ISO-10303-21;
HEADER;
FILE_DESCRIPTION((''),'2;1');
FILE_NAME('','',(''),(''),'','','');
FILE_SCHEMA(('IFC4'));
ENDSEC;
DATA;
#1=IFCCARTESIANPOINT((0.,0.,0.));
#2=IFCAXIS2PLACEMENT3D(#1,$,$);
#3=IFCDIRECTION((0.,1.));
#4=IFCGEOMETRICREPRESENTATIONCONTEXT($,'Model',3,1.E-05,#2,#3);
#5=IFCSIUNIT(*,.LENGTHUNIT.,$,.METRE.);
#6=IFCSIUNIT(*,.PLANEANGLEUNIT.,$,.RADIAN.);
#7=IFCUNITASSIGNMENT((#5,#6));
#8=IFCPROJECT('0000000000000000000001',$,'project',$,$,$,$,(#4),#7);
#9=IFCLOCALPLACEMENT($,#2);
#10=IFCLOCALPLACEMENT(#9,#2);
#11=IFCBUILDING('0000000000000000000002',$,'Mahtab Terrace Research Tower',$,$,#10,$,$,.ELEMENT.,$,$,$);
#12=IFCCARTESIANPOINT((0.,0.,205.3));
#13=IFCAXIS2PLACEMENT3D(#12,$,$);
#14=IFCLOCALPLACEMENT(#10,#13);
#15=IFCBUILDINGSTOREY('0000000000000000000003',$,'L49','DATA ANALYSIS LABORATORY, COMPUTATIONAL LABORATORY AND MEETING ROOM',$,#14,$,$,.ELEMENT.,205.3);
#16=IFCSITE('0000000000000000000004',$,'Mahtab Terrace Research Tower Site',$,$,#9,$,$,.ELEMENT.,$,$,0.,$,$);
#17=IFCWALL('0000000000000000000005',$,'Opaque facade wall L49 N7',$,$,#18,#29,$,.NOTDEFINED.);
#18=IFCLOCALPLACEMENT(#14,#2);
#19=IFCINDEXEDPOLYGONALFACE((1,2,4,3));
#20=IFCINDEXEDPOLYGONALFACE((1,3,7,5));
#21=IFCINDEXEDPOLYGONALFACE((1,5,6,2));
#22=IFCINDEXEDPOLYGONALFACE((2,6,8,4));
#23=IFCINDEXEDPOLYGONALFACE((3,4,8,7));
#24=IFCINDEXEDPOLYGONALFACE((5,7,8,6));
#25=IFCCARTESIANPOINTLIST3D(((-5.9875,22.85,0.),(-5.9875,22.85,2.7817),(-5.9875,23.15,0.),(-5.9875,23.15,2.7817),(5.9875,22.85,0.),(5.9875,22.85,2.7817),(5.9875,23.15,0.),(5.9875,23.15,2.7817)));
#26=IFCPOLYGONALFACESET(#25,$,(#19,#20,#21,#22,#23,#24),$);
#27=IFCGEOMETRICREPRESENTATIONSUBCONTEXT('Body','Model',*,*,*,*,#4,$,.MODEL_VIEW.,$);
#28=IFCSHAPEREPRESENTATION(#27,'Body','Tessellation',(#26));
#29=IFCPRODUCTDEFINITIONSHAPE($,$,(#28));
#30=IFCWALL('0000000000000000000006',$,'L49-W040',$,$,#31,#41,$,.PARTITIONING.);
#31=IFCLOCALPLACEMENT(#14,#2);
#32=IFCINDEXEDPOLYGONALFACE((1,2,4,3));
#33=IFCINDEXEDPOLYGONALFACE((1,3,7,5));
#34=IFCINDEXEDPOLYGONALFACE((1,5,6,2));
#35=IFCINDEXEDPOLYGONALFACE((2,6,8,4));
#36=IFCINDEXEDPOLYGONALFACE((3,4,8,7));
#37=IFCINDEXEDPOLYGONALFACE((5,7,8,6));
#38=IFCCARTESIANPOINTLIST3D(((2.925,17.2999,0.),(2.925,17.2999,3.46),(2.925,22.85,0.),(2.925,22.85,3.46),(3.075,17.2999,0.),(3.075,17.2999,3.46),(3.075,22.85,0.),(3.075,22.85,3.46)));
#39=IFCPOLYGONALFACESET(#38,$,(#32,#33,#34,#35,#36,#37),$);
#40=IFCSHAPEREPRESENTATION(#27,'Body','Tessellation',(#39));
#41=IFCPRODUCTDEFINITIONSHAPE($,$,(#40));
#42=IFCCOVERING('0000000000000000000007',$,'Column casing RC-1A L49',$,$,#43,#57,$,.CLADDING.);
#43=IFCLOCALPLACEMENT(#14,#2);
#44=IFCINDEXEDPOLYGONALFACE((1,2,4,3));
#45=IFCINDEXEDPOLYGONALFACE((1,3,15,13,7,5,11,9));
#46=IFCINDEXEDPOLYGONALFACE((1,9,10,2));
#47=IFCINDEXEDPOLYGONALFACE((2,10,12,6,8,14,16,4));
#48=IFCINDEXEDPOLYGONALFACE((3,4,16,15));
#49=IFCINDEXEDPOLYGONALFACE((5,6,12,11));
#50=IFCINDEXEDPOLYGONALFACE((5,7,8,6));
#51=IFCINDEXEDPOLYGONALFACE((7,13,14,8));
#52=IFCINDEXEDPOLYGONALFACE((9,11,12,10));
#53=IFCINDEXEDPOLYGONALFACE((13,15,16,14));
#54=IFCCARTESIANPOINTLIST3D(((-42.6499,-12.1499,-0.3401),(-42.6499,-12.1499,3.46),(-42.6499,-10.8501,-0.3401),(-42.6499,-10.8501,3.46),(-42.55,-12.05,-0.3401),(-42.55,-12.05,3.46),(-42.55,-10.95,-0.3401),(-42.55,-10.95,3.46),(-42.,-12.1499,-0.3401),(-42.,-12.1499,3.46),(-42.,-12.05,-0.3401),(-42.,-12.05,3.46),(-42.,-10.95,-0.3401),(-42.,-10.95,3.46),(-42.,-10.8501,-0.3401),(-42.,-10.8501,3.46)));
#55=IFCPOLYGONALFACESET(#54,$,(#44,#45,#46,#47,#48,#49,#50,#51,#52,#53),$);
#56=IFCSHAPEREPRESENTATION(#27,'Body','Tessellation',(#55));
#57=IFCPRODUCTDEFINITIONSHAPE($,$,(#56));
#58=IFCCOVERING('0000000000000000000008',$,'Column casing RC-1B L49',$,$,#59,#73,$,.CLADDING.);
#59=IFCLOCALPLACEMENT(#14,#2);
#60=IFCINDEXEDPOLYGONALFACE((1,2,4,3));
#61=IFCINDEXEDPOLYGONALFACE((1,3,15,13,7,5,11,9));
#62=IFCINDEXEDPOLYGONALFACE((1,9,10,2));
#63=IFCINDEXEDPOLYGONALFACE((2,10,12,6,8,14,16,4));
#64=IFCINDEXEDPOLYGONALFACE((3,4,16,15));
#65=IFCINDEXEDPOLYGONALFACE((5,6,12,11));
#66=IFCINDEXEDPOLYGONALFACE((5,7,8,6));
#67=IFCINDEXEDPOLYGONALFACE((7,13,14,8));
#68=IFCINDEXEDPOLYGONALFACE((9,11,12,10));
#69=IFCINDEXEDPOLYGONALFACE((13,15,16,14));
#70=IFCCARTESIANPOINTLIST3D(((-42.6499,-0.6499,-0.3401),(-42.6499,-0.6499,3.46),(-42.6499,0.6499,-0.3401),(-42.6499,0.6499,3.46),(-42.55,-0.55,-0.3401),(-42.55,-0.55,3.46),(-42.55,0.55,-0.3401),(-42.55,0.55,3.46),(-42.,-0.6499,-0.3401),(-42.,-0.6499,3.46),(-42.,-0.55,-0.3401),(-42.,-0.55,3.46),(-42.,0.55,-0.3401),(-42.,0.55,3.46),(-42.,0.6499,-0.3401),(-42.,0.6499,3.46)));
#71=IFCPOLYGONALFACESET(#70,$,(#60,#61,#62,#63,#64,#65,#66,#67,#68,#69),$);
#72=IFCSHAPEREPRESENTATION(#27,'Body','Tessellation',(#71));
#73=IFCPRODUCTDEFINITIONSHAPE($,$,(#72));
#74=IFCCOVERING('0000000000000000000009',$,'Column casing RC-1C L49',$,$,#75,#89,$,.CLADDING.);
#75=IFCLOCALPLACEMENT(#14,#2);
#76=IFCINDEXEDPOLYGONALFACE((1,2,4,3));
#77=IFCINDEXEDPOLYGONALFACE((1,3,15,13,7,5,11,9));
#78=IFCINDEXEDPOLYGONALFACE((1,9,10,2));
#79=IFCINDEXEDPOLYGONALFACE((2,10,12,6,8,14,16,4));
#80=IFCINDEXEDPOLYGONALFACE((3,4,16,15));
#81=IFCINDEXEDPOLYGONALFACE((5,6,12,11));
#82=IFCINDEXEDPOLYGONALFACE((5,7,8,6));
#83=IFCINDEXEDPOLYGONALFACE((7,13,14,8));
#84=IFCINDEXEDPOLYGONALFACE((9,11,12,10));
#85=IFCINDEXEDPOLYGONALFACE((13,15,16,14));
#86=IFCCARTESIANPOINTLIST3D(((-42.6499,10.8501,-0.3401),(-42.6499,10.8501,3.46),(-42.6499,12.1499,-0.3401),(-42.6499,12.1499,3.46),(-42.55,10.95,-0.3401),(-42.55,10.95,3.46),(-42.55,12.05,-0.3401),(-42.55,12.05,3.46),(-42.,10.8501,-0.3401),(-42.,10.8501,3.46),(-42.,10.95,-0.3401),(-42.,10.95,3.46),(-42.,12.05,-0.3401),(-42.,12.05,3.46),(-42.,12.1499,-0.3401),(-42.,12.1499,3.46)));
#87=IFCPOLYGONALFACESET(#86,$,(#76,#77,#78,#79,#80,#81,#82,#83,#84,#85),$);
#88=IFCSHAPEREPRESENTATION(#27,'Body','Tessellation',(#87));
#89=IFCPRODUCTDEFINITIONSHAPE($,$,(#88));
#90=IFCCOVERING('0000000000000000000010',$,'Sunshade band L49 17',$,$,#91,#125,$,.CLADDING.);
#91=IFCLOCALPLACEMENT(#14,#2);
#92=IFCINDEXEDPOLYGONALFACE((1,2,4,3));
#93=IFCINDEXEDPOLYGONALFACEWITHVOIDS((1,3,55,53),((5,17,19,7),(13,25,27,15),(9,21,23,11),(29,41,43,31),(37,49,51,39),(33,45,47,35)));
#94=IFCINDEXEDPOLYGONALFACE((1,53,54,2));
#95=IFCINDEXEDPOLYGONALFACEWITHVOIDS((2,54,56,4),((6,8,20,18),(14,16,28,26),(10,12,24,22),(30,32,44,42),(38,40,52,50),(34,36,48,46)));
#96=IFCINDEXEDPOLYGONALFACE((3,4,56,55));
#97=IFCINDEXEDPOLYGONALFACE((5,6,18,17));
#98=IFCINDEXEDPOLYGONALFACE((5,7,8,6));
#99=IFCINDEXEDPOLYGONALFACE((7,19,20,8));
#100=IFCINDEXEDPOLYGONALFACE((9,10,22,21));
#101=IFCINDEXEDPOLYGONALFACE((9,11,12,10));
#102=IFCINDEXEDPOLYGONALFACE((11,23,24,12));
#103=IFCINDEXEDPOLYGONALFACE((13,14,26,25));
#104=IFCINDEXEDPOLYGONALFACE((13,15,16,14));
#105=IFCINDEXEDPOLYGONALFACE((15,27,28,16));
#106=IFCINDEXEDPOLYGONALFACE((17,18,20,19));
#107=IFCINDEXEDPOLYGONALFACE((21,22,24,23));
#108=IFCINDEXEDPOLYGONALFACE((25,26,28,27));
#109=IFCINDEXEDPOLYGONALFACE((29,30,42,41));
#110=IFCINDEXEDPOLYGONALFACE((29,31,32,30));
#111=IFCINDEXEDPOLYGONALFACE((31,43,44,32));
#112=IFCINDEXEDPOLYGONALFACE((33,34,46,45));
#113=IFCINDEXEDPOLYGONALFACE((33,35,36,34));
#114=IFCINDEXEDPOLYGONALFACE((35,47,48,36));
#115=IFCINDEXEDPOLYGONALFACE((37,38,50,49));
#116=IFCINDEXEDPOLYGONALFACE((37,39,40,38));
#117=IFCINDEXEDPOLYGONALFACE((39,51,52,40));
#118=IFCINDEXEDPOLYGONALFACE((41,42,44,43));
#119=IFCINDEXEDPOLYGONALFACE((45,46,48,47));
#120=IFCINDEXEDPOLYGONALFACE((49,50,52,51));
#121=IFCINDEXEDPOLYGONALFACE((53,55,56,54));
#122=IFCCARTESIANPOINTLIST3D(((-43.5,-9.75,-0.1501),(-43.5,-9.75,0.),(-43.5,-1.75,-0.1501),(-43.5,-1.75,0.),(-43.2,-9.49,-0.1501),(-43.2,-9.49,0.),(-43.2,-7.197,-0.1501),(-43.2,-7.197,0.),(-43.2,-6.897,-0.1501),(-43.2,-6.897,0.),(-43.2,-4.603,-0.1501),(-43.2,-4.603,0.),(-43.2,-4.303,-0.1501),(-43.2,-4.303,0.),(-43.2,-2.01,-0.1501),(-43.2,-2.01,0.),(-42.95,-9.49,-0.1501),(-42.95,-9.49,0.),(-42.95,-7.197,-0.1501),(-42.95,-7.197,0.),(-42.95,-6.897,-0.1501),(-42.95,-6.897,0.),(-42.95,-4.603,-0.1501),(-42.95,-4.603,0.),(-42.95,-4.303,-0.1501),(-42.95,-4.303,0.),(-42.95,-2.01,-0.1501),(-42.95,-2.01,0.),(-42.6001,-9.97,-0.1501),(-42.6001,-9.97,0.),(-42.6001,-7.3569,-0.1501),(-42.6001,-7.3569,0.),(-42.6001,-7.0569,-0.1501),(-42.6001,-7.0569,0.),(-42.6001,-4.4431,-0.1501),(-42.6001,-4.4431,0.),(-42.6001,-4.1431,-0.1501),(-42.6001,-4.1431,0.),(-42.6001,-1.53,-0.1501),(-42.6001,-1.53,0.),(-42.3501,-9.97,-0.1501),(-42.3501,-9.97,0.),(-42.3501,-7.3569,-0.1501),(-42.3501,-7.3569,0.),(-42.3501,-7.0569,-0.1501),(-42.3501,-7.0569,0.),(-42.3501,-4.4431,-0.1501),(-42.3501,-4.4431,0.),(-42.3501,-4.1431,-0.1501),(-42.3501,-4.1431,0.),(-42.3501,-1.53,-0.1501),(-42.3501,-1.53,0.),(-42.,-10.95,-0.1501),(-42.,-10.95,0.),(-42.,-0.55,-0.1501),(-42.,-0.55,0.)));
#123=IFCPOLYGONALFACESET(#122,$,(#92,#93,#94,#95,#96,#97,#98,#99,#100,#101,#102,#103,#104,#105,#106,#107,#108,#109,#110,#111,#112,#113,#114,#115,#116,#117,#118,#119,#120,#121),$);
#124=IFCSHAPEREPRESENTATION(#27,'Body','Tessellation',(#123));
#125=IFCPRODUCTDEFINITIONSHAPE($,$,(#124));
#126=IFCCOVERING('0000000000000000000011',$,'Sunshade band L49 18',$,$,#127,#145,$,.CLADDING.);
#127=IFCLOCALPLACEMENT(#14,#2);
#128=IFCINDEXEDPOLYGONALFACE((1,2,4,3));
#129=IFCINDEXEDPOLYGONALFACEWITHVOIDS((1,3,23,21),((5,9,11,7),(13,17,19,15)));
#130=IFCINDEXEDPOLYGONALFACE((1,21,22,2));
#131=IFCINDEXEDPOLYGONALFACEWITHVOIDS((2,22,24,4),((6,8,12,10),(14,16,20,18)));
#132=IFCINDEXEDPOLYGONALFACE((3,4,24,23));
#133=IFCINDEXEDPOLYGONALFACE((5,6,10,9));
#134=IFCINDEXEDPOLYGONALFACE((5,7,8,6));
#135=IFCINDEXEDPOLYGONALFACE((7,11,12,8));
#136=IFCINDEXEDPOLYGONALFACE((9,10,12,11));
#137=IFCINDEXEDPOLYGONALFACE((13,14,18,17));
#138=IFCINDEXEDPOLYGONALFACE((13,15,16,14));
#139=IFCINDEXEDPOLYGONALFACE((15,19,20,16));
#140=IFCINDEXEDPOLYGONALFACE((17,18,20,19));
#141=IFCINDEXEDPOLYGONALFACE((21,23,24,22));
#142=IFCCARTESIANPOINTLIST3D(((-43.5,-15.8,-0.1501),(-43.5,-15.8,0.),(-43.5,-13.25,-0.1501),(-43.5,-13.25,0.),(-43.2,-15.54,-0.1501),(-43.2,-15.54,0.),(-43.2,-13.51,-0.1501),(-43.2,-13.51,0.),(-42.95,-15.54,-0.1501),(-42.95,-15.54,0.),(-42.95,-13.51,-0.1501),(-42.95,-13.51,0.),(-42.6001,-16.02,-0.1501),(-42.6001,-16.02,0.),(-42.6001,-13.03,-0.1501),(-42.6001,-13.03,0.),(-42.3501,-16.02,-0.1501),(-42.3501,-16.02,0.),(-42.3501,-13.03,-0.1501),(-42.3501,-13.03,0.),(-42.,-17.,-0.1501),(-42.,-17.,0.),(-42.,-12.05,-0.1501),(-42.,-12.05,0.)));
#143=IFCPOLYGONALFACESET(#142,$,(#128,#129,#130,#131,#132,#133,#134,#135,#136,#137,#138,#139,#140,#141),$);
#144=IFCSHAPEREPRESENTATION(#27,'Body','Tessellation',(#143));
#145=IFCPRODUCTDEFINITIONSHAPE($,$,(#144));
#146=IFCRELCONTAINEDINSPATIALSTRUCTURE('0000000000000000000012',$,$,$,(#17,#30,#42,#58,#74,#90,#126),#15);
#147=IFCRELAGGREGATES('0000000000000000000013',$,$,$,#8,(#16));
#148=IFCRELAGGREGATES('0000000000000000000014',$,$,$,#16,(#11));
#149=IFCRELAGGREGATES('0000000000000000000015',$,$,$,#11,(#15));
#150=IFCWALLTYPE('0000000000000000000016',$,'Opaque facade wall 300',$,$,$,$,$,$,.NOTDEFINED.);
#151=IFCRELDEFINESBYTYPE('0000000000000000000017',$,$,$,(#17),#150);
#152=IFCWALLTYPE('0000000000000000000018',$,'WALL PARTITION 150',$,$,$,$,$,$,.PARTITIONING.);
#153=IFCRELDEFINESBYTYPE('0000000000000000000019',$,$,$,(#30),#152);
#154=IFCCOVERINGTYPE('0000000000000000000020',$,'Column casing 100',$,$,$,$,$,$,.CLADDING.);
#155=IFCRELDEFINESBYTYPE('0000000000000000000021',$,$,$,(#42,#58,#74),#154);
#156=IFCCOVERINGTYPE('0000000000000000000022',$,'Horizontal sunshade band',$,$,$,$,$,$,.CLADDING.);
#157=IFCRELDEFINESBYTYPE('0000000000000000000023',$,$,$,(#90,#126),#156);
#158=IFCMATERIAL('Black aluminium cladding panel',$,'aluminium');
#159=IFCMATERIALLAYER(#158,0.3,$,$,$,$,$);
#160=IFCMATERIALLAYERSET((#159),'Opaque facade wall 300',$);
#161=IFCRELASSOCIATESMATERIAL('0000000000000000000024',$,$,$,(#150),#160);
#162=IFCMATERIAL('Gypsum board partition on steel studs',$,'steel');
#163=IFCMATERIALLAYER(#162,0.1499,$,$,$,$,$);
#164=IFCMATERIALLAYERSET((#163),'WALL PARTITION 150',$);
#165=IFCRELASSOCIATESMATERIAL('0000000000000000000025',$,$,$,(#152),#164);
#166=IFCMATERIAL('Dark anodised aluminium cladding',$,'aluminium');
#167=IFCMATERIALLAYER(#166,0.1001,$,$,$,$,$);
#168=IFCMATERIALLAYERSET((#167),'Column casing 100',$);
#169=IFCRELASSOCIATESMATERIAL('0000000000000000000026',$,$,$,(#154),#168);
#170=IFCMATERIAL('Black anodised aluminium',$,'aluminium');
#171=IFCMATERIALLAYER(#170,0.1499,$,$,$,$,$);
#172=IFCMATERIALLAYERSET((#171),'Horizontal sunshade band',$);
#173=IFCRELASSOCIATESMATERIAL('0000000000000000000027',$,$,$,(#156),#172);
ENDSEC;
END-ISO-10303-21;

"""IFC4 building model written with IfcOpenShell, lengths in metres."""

from ifc_helpers import new_model, si_unit, direction, frame, frame_2d, origin, place, context, subcontext, project, spatial, polyline, rectangle, outline, extrude, material, layer, layer_set, type_object, element, save


model = new_model("IFC4")

# Units and contexts
model_context = context("Model", 3, precision=1e-05, world=origin(), true_north=direction((0.0, 1.0)))
body_context = subcontext(model_context, "Body", "Model", "MODEL_VIEW")
ifc_project = project(units=[si_unit("LENGTHUNIT", "METRE"), si_unit("PLANEANGLEUNIT", "RADIAN")], contexts=[model_context])

# Site, building, storey
site_placement = place(None, origin())
site = spatial("IfcSite", under=ifc_project, at=site_placement, Name="Mahtab Terrace Research Tower Site", CompositionType="ELEMENT", RefElevation=0.0)
building_placement = place(site_placement, origin())
building = spatial("IfcBuilding", under=site, at=building_placement, Name="Mahtab Terrace Research Tower", CompositionType="ELEMENT")
storey_placement = place(building_placement, frame((0.0, 0.0, 205.3)))
storey = spatial("IfcBuildingStorey", under=building, at=storey_placement, Name="L49", Description="DATA ANALYSIS LABORATORY, COMPUTATIONAL LABORATORY AND MEETING ROOM", CompositionType="ELEMENT", Elevation=205.3)

# Walls
ifc_material_1 = material(Name="Black aluminium cladding panel", Category="aluminium")
ifc_layer_1 = layer(ifc_material_1, 0.3)
ifc_layer_set_1 = layer_set([ifc_layer_1], Name="Opaque facade wall 300")
wall_type_1 = type_object("IfcWallType", Name="Opaque facade wall 300", PredefinedType="NOTDEFINED", material=ifc_layer_set_1)
wall_1_placement = place(storey_placement, frame((5.9875, 23.0, 0.0), z_axis=(0.0, 0.0, 1.0), x_axis=(-1.0, 0.0, 0.0)))
element("IfcWall", 1, at=wall_1_placement, inside=storey, type_object=wall_type_1, Name="Opaque facade wall L49 N7", PredefinedType="NOTDEFINED", context=body_context, shape_type="SweptSolid", body=[
    extrude(rectangle(XDim=11.9751, YDim=0.3, at=frame_2d((5.9875, 0.0))), origin(), (0.0, 0.0, 1.0), 2.7817),
])
ifc_material_2 = material(Name="Gypsum board partition on steel studs", Category="steel")
ifc_layer_2 = layer(ifc_material_2, 0.1499)
ifc_layer_set_2 = layer_set([ifc_layer_2], Name="WALL PARTITION 150")
wall_type_2 = type_object("IfcWallType", Name="WALL PARTITION 150", PredefinedType="PARTITIONING", material=ifc_layer_set_2)
wall_2_placement = place(storey_placement, frame((3.0, 17.3, 0.0), z_axis=(0.0, 0.0, 1.0), x_axis=(0.0, 1.0, 0.0)))
element("IfcWall", 2, at=wall_2_placement, inside=storey, type_object=wall_type_2, Name="L49-W040", PredefinedType="PARTITIONING", context=body_context, shape_type="SweptSolid", body=[
    extrude(rectangle(XDim=5.55, YDim=0.1499, at=frame_2d((2.7749, 0.0))), origin(), (0.0, 0.0, 1.0), 3.46),
])

# Coverings
ifc_material_3 = material(Name="Dark anodised aluminium cladding", Category="aluminium")
ifc_layer_3 = layer(ifc_material_3, 0.1001)
ifc_layer_set_3 = layer_set([ifc_layer_3], Name="Column casing 100")
covering_type_1 = type_object("IfcCoveringType", Name="Column casing 100", PredefinedType="CLADDING", material=ifc_layer_set_3)
covering_1_placement = place(storey_placement, frame((0.0, 0.0, -0.3401)))
element("IfcCovering", 3, at=covering_1_placement, inside=storey, type_object=covering_type_1, Name="Column casing RC-1A L49", PredefinedType="CLADDING", context=body_context, shape_type="SweptSolid", body=[
    extrude(outline(polyline([(-42.6499, -10.8501), (-42.0, -10.8501), (-42.0, -10.95), (-42.55, -10.95), (-42.55, -12.05), (-42.0, -12.05), (-42.0, -12.1499), (-42.6499, -12.1499), (-42.6499, -10.8501)])), origin(), (0.0, 0.0, 1.0), 3.8),
])
covering_2_placement = place(storey_placement, frame((0.0, 0.0, -0.3401)))
element("IfcCovering", 4, at=covering_2_placement, inside=storey, type_object=covering_type_1, Name="Column casing RC-1B L49", PredefinedType="CLADDING", context=body_context, shape_type="SweptSolid", body=[
    extrude(outline(polyline([(-42.6499, 0.6499), (-42.0, 0.6499), (-42.0, 0.55), (-42.55, 0.55), (-42.55, -0.55), (-42.0, -0.55), (-42.0, -0.6499), (-42.6499, -0.6499), (-42.6499, 0.6499)])), origin(), (0.0, 0.0, 1.0), 3.8),
])
covering_3_placement = place(storey_placement, frame((0.0, 0.0, -0.3401)))
element("IfcCovering", 5, at=covering_3_placement, inside=storey, type_object=covering_type_1, Name="Column casing RC-1C L49", PredefinedType="CLADDING", context=body_context, shape_type="SweptSolid", body=[
    extrude(outline(polyline([(-42.6499, 12.1499), (-42.0, 12.1499), (-42.0, 12.05), (-42.55, 12.05), (-42.55, 10.95), (-42.0, 10.95), (-42.0, 10.8501), (-42.6499, 10.8501), (-42.6499, 12.1499)])), origin(), (0.0, 0.0, 1.0), 3.8),
])
ifc_material_4 = material(Name="Black anodised aluminium", Category="aluminium")
ifc_layer_4 = layer(ifc_material_4, 0.1499)
ifc_layer_set_4 = layer_set([ifc_layer_4], Name="Horizontal sunshade band")
covering_type_2 = type_object("IfcCoveringType", Name="Horizontal sunshade band", PredefinedType="CLADDING", material=ifc_layer_set_4)
covering_4_placement = place(storey_placement, frame((0.0, 0.0, -0.1501)))
element("IfcCovering", 6, at=covering_4_placement, inside=storey, type_object=covering_type_2, Name="Sunshade band L49 17", PredefinedType="CLADDING", context=body_context, shape_type="SweptSolid", body=[
    extrude(outline(polyline([(-42.0, -0.55), (-42.0, -10.95), (-43.5, -9.75), (-43.5, -1.75), (-42.0, -0.55)]), holes=[polyline([(-42.3501, -1.53), (-42.3501, -4.1431), (-42.6001, -4.1431), (-42.6001, -1.53), (-42.3501, -1.53)]), polyline([(-42.3501, -4.4431), (-42.3501, -7.0569), (-42.6001, -7.0569), (-42.6001, -4.4431), (-42.3501, -4.4431)]), polyline([(-42.3501, -7.3569), (-42.3501, -9.97), (-42.6001, -9.97), (-42.6001, -7.3569), (-42.3501, -7.3569)]), polyline([(-42.95, -2.01), (-42.95, -4.303), (-43.2, -4.303), (-43.2, -2.01), (-42.95, -2.01)]), polyline([(-42.95, -4.603), (-42.95, -6.897), (-43.2, -6.897), (-43.2, -4.603), (-42.95, -4.603)]), polyline([(-42.95, -7.197), (-42.95, -9.49), (-43.2, -9.49), (-43.2, -7.197), (-42.95, -7.197)])]), origin(), (0.0, 0.0, 1.0), 0.1501),
])
covering_5_placement = place(storey_placement, frame((0.0, 0.0, -0.1501)))
element("IfcCovering", 7, at=covering_5_placement, inside=storey, type_object=covering_type_2, Name="Sunshade band L49 18", PredefinedType="CLADDING", context=body_context, shape_type="SweptSolid", body=[
    extrude(outline(polyline([(-42.0, -12.05), (-42.0, -17.0), (-43.5, -15.8), (-43.5, -13.25), (-42.0, -12.05)]), holes=[polyline([(-42.3501, -13.03), (-42.3501, -16.02), (-42.6001, -16.02), (-42.6001, -13.03), (-42.3501, -13.03)]), polyline([(-42.95, -13.51), (-42.95, -15.54), (-43.2, -15.54), (-43.2, -13.51), (-42.95, -13.51)])]), origin(), (0.0, 0.0, 1.0), 0.1501),
])

save(model, "model.ifc")
